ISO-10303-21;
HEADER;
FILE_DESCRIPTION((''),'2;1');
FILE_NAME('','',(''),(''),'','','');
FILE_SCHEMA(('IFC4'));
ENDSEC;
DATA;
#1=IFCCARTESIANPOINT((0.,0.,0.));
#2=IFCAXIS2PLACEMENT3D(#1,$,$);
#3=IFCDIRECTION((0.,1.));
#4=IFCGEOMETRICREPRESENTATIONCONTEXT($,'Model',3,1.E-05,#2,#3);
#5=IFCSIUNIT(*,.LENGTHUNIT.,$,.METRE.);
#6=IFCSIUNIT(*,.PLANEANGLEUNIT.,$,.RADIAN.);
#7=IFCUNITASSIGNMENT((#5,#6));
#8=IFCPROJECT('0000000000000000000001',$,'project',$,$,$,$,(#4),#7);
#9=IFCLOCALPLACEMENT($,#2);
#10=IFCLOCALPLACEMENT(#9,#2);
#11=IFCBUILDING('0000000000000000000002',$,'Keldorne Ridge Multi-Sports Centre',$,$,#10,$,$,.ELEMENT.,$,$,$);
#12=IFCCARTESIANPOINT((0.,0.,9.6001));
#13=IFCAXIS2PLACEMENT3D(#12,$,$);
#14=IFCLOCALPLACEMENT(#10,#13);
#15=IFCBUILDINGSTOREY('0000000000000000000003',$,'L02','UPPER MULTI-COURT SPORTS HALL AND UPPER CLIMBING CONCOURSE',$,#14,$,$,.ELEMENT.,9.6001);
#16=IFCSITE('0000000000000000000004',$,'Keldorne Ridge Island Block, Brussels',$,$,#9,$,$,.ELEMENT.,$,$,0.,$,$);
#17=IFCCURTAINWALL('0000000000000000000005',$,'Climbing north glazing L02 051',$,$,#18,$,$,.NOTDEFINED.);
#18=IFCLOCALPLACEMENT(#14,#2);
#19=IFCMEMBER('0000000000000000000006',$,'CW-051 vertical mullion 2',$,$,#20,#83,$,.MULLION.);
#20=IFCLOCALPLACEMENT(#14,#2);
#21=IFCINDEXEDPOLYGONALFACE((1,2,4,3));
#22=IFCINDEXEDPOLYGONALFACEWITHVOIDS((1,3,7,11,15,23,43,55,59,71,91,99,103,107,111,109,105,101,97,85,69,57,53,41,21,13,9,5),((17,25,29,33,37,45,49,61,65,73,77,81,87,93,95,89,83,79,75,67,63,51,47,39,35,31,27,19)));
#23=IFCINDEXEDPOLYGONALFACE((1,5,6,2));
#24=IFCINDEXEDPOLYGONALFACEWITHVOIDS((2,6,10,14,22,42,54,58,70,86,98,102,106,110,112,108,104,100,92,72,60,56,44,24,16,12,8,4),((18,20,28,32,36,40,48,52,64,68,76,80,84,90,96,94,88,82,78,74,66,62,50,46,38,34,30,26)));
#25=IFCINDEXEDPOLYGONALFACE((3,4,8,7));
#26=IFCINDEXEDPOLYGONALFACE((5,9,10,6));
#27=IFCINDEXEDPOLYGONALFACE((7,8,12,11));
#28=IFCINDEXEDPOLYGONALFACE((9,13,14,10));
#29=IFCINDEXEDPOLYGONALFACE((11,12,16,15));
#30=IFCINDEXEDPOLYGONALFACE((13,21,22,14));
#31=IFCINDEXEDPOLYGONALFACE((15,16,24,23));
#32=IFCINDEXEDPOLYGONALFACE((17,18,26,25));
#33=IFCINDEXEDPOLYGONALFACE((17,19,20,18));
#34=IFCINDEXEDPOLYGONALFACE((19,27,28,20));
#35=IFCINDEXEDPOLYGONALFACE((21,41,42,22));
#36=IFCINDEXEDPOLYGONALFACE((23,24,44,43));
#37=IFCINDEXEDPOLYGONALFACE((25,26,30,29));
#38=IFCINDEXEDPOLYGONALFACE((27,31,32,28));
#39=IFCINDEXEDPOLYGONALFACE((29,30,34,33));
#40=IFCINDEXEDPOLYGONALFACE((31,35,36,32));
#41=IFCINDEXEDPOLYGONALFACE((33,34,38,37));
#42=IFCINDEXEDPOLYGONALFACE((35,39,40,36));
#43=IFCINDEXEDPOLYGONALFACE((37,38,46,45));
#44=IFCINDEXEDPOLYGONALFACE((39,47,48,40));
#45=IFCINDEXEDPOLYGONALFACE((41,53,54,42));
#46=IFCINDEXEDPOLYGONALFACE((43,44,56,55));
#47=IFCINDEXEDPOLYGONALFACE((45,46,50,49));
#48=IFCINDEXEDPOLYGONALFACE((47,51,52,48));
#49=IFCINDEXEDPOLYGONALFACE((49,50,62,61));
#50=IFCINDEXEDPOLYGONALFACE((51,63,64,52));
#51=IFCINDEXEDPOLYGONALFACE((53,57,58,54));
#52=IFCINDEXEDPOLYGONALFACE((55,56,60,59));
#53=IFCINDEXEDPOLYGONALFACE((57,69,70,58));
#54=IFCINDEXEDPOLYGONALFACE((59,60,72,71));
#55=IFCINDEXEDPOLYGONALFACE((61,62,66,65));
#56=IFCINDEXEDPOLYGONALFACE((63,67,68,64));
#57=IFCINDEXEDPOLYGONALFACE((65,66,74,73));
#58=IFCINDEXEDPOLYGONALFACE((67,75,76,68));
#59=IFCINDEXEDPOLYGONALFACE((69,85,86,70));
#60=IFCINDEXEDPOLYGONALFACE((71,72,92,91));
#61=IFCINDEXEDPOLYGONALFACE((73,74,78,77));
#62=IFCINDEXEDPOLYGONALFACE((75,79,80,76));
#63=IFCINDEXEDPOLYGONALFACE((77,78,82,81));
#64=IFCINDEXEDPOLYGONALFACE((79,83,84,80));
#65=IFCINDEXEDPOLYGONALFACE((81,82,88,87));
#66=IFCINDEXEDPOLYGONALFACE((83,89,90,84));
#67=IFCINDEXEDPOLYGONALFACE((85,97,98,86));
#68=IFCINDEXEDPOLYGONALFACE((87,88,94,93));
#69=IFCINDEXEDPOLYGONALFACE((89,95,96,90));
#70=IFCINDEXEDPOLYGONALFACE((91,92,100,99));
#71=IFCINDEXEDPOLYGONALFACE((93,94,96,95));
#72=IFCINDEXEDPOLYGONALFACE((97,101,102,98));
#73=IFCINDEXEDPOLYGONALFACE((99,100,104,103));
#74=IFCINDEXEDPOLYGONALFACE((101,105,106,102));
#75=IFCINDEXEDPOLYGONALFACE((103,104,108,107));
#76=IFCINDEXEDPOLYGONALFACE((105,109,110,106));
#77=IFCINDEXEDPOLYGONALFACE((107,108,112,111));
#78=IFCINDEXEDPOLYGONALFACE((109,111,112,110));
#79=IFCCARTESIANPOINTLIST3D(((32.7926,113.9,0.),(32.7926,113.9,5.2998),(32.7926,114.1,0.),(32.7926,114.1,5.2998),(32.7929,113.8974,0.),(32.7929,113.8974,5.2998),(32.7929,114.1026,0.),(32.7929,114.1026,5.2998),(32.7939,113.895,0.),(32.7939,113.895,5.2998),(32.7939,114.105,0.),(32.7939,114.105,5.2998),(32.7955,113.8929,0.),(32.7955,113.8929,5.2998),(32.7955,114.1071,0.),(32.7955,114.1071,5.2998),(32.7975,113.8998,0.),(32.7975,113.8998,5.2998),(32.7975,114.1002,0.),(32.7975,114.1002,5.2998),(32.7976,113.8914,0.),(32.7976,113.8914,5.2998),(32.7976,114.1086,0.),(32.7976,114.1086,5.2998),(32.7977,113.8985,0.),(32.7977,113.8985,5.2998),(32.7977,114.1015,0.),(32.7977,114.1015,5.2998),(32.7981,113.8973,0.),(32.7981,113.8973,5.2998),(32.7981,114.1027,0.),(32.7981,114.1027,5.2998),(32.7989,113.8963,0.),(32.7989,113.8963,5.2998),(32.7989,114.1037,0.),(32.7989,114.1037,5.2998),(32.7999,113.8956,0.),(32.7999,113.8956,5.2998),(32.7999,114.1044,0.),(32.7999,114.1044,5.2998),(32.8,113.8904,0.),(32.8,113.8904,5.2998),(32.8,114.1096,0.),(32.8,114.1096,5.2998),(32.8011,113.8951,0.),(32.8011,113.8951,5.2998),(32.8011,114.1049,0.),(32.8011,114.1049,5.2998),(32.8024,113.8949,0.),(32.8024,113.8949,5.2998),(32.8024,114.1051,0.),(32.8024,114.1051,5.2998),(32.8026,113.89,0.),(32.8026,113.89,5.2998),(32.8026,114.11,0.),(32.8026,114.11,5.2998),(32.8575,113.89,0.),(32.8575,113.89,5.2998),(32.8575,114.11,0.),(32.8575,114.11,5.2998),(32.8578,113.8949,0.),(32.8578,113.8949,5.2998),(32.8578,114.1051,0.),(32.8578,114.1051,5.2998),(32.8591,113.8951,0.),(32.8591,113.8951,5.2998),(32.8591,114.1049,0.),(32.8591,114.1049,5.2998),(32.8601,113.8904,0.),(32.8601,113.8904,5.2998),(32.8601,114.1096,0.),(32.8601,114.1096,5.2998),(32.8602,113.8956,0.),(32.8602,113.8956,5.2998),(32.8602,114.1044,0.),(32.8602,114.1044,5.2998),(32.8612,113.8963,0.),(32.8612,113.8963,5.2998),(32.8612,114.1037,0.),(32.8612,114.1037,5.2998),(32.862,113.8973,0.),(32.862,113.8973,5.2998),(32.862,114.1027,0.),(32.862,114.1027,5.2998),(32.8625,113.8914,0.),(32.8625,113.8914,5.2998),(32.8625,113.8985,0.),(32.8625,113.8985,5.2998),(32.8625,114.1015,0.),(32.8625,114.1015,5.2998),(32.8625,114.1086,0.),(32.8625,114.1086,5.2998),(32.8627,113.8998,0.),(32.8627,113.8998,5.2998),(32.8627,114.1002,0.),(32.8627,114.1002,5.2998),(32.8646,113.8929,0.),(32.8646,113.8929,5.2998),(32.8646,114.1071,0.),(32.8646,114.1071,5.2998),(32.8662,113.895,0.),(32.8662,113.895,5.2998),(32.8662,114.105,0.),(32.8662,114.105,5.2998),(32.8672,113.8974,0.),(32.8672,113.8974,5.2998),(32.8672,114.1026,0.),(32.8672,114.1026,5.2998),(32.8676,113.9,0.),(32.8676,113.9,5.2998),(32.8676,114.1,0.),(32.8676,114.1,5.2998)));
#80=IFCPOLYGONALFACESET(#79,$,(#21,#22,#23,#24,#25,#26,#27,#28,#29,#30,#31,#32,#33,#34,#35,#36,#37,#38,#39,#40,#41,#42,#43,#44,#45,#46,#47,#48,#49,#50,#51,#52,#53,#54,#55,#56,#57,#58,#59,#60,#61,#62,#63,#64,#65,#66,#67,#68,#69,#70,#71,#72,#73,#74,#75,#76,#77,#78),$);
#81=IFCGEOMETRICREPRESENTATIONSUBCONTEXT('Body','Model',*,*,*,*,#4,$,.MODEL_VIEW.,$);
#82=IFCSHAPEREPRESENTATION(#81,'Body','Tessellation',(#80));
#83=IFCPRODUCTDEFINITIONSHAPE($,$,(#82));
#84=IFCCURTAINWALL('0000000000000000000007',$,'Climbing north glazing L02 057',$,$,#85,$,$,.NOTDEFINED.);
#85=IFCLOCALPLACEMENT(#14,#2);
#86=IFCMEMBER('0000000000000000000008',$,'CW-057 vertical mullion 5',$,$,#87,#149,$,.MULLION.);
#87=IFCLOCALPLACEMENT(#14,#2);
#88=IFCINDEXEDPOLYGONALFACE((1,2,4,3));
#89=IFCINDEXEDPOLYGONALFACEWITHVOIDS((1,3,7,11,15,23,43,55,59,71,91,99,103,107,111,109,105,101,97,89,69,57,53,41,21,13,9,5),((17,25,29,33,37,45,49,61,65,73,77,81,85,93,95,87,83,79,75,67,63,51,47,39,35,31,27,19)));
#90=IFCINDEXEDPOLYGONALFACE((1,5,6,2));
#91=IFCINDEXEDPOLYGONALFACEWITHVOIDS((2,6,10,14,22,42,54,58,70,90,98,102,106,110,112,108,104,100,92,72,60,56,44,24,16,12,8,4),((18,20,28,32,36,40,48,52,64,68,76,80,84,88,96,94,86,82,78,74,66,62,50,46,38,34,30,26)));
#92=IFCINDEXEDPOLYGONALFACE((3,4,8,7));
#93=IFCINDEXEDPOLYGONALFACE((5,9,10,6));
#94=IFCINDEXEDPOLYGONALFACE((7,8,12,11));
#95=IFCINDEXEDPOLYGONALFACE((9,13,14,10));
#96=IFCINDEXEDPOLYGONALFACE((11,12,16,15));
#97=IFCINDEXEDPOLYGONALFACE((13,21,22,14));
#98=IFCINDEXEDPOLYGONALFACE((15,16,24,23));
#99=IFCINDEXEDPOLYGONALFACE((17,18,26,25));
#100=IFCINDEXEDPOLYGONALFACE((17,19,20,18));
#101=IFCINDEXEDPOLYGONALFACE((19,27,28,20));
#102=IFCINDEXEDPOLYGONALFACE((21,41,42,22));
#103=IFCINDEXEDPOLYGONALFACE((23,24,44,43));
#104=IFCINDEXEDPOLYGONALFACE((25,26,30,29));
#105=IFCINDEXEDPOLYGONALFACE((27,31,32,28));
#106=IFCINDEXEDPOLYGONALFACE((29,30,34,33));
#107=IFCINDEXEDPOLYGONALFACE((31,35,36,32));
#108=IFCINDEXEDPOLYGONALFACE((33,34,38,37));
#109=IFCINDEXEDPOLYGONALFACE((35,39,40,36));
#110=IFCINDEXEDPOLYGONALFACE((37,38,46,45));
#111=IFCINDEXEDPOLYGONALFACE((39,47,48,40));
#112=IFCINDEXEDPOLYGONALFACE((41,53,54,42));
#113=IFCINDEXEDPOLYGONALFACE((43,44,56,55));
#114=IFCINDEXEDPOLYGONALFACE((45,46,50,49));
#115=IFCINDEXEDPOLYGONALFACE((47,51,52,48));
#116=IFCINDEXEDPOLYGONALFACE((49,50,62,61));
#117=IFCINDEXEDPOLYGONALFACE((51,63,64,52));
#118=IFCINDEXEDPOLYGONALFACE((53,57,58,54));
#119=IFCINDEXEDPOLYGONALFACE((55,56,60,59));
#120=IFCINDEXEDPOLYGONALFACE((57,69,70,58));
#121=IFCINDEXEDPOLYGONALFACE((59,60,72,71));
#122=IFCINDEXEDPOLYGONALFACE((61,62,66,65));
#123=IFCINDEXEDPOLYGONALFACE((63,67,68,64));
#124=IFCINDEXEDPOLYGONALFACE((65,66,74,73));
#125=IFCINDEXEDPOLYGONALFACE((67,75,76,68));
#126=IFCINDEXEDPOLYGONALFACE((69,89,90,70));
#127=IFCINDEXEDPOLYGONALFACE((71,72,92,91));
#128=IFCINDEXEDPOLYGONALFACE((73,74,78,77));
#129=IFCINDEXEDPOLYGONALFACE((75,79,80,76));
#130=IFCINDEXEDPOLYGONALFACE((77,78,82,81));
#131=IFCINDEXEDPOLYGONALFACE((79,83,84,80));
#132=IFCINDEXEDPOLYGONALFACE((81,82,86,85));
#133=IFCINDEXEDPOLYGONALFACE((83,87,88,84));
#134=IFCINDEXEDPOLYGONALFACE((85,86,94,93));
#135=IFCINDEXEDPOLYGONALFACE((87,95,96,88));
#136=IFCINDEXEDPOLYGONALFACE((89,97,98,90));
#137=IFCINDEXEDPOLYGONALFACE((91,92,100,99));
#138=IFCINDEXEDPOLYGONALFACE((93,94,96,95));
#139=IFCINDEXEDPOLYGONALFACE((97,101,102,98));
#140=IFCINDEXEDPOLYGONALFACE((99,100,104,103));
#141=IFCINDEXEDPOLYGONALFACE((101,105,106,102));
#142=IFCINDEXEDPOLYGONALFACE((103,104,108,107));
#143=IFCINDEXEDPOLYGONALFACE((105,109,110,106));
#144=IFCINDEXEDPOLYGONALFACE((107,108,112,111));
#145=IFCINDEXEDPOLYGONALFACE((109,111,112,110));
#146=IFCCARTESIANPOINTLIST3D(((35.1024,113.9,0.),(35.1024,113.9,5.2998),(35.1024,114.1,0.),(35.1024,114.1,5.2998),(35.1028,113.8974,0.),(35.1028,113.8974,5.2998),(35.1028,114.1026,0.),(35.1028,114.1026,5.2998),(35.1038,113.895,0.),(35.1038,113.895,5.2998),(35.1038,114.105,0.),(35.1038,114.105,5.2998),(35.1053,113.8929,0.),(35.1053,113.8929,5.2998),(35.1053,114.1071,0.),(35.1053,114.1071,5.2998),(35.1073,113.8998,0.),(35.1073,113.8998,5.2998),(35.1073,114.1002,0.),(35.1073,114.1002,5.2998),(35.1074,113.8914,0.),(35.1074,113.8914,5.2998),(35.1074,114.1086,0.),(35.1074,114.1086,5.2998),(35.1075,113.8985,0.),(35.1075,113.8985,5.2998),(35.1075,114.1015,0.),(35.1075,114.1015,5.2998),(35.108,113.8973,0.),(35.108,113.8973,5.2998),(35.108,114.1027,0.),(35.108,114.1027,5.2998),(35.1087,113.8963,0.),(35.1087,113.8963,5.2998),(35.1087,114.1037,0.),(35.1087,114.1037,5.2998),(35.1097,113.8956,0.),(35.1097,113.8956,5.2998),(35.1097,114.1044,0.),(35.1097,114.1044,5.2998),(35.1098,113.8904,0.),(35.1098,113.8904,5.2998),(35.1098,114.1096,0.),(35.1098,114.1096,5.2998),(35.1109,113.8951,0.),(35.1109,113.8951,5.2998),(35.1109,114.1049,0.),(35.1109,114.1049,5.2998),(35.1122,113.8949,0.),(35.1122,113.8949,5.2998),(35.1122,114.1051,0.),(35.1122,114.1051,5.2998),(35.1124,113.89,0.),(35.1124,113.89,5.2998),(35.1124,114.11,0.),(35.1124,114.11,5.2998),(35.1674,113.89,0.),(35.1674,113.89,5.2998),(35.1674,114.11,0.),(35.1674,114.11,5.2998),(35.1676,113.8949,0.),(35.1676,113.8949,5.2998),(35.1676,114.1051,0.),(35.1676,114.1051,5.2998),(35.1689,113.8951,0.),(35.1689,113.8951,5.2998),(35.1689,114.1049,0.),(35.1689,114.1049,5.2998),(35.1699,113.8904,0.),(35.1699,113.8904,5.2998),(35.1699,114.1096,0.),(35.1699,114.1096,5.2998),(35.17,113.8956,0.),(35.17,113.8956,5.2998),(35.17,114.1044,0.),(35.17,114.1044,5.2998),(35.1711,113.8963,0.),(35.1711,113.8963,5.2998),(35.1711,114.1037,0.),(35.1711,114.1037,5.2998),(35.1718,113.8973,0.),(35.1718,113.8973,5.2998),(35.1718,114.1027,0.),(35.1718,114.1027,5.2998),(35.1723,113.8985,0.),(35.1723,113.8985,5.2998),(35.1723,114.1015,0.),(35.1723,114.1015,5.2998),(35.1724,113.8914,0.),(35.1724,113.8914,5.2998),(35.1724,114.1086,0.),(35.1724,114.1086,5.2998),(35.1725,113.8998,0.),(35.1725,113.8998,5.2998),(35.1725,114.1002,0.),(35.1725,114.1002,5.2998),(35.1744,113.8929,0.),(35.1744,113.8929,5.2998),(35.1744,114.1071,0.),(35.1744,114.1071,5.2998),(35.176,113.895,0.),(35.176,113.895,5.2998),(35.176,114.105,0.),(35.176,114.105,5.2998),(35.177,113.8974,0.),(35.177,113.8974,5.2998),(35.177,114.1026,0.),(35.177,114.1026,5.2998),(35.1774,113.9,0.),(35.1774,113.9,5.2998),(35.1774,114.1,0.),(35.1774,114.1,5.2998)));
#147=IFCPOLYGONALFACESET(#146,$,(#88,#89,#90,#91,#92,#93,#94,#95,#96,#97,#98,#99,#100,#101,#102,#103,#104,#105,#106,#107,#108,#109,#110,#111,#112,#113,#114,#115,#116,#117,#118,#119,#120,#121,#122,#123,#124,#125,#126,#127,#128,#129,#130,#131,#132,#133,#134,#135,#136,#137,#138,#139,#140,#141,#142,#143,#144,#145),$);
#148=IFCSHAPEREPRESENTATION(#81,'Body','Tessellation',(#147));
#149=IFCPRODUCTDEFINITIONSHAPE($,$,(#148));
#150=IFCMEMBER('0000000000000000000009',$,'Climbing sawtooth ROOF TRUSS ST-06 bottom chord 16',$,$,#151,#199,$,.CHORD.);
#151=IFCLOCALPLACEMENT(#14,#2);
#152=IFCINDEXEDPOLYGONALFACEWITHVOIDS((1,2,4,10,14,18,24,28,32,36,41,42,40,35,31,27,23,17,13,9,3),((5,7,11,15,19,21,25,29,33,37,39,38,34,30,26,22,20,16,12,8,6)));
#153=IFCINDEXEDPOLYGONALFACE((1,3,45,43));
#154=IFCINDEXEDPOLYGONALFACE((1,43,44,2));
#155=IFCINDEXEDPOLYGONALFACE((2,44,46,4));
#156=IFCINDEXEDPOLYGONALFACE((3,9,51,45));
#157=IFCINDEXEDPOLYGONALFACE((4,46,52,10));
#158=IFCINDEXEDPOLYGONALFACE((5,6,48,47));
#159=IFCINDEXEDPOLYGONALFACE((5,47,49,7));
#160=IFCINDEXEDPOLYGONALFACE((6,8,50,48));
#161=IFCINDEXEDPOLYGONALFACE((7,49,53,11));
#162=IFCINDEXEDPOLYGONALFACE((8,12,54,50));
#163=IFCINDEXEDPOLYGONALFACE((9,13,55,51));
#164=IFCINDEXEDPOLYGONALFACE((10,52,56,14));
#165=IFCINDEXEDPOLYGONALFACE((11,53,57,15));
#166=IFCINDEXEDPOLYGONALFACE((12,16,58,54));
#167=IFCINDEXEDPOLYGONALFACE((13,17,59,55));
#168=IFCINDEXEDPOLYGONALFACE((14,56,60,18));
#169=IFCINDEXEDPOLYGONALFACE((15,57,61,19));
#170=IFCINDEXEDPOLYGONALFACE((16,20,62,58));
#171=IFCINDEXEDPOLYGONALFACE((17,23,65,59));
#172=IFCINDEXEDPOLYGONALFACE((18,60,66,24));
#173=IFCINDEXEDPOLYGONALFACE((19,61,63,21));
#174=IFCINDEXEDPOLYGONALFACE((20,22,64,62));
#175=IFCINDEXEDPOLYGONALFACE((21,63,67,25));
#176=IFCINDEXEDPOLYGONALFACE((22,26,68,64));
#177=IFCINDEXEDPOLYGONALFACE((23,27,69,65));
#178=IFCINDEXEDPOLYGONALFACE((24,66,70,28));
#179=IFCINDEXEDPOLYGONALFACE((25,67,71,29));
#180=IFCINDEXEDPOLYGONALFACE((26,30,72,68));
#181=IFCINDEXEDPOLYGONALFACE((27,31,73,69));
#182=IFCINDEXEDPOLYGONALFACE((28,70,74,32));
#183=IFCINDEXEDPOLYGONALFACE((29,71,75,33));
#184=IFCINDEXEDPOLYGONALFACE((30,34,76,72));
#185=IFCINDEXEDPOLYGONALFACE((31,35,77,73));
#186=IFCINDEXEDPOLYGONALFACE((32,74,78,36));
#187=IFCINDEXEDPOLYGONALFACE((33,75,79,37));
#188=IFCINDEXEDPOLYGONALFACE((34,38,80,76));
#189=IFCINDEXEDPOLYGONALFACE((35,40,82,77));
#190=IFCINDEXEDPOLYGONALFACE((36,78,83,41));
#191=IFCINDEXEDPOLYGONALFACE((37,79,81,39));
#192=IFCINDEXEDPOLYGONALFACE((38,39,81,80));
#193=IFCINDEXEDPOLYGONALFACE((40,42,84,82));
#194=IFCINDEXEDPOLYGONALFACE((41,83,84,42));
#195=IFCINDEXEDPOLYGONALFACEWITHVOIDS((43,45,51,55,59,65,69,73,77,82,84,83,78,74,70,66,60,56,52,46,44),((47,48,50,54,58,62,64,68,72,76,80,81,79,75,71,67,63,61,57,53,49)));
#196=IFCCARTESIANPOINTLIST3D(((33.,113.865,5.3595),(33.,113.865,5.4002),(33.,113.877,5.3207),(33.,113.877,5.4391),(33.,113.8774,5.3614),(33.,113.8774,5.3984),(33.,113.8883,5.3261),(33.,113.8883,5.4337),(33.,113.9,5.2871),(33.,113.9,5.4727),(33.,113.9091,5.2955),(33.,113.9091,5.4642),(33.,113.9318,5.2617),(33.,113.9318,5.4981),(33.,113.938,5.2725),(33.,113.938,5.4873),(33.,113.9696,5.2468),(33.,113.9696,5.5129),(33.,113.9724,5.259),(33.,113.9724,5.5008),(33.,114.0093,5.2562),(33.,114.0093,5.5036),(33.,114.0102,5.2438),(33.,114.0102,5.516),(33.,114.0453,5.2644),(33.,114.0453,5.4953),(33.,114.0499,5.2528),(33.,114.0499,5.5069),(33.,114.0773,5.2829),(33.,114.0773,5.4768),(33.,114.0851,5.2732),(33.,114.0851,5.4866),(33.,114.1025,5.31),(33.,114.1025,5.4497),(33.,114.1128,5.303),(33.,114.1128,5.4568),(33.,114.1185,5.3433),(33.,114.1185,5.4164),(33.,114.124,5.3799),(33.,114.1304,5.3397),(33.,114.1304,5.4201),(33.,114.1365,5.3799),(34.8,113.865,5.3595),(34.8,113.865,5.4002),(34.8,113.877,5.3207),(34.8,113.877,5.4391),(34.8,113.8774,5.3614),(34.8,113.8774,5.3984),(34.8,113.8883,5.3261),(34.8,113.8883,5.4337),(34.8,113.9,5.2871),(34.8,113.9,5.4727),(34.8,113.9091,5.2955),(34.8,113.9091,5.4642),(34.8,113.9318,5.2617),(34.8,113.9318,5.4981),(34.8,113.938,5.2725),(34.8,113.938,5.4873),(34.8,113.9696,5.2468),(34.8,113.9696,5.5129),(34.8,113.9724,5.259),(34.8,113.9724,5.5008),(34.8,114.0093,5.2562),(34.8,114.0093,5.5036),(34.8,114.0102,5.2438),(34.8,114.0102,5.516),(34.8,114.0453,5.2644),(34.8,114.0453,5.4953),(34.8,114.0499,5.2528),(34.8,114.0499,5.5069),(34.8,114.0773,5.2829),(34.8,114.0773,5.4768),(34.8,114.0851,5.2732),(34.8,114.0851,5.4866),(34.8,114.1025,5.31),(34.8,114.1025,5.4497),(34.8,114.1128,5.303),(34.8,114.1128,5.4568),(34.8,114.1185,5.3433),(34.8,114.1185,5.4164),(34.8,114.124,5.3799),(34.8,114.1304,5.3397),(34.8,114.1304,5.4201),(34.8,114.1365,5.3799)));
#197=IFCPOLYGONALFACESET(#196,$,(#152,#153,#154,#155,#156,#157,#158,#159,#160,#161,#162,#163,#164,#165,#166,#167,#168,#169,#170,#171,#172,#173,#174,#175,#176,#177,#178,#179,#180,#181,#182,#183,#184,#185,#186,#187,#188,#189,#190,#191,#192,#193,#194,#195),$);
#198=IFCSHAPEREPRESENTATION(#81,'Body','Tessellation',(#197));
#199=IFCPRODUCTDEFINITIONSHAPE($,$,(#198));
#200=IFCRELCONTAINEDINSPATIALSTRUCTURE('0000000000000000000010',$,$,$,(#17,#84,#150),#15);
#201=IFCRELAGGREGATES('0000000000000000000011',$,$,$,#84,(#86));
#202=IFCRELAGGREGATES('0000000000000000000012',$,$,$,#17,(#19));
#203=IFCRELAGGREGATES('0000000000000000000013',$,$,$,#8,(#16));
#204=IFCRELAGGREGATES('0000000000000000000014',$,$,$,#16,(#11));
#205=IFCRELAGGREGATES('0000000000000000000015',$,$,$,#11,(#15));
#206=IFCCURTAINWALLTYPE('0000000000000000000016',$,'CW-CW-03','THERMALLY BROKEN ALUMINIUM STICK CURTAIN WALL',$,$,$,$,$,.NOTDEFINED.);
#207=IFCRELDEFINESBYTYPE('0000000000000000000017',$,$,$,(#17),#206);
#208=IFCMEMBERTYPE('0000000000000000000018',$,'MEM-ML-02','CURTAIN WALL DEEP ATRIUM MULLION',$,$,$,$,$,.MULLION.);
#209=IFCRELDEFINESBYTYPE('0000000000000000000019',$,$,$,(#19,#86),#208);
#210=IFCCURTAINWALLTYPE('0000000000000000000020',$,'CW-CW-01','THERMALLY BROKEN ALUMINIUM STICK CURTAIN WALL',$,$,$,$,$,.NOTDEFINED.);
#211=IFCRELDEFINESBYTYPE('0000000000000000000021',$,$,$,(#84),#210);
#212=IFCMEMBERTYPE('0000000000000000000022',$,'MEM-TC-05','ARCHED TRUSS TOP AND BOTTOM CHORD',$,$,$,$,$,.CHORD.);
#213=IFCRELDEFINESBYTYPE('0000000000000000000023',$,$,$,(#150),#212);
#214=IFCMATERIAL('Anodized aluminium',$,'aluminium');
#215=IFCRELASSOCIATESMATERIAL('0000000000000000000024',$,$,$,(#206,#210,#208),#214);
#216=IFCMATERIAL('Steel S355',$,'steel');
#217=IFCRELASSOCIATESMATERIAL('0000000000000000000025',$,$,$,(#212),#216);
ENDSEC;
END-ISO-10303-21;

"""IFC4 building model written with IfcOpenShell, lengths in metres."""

from ifc_helpers import new_model, si_unit, direction, frame, origin, origin_2d, place, context, subcontext, project, spatial, hollow_rectangle, hollow_circle, extrude, material, material_profile, profile_set, type_object, element, aggregate, save


model = new_model("IFC4")

# Units and contexts
model_context = context("Model", 3, precision=1e-05, world=origin(), true_north=direction((0.0, 1.0)))
body_context = subcontext(model_context, "Body", "Model", "MODEL_VIEW")
ifc_project = project(units=[si_unit("LENGTHUNIT", "METRE"), si_unit("PLANEANGLEUNIT", "RADIAN")], contexts=[model_context])

# Site, building, storey
site_placement = place(None, origin())
site = spatial("IfcSite", under=ifc_project, at=site_placement, Name="Keldorne Ridge Island Block, Brussels", CompositionType="ELEMENT", RefElevation=0.0)
building_placement = place(site_placement, origin())
building = spatial("IfcBuilding", under=site, at=building_placement, Name="Keldorne Ridge Multi-Sports Centre", CompositionType="ELEMENT")
storey_placement = place(building_placement, frame((0.0, 0.0, 9.6001)))
storey = spatial("IfcBuildingStorey", under=building, at=storey_placement, Name="L02", Description="UPPER MULTI-COURT SPORTS HALL AND UPPER CLIMBING CONCOURSE", CompositionType="ELEMENT", Elevation=9.6001)

# Shared definitions
ifc_material_1 = material(Name="Steel S355", Category="steel")

# Curtain wall, member
ifc_material_2 = material(Name="Anodized aluminium", Category="aluminium")
curtain_wall_type_1 = type_object("IfcCurtainWallType", Name="CW-CW-03", Description="THERMALLY BROKEN ALUMINIUM STICK CURTAIN WALL", PredefinedType="NOTDEFINED", material=ifc_material_2)
curtain_wall_1_placement = place(storey_placement, origin())
curtain_wall_1 = element("IfcCurtainWall", 1, at=curtain_wall_1_placement, inside=storey, type_object=curtain_wall_type_1, Name="Climbing north glazing L02 051", PredefinedType="NOTDEFINED")
ifc_material_profile_1 = material_profile(ifc_material_2, hollow_rectangle(XDim=0.075, YDim=0.22, WallThickness=0.0049, InnerFilletRadius=0.0049, OuterFilletRadius=0.01, at=origin_2d()), Name="ALU MULLION 220x75x5")
ifc_profile_set_1 = profile_set([ifc_material_profile_1], Name="Anodized aluminium")
member_type_1 = type_object("IfcMemberType", Name="MEM-ML-02", Description="CURTAIN WALL DEEP ATRIUM MULLION", PredefinedType="MULLION", material=ifc_profile_set_1)
member_1_placement = place(storey_placement, frame((32.8301, 114.0, 0.0), z_axis=(0.0, 0.0, 1.0), x_axis=(1.0, 0.0, 0.0)))
member_1 = element("IfcMember", 2, at=member_1_placement, type_object=member_type_1, Name="CW-051 vertical mullion 2", PredefinedType="MULLION", context=body_context, shape_type="SweptSolid", body=[
    extrude(hollow_rectangle(XDim=0.075, YDim=0.22, WallThickness=0.0049, InnerFilletRadius=0.0049, OuterFilletRadius=0.01, at=origin_2d()), origin(), (0.0, 0.0, 1.0), 5.2998),
])

# Curtain wall, member
curtain_wall_type_2 = type_object("IfcCurtainWallType", Name="CW-CW-01", Description="THERMALLY BROKEN ALUMINIUM STICK CURTAIN WALL", PredefinedType="NOTDEFINED", material=ifc_material_2)
curtain_wall_2_placement = place(storey_placement, origin())
curtain_wall_2 = element("IfcCurtainWall", 3, at=curtain_wall_2_placement, inside=storey, type_object=curtain_wall_type_2, Name="Climbing north glazing L02 057", PredefinedType="NOTDEFINED")
member_2_placement = place(storey_placement, frame((35.1399, 114.0, 0.0), z_axis=(0.0, 0.0, 1.0), x_axis=(1.0, 0.0, 0.0)))
member_2 = element("IfcMember", 4, at=member_2_placement, type_object=member_type_1, Name="CW-057 vertical mullion 5", PredefinedType="MULLION", context=body_context, shape_type="SweptSolid", body=[
    extrude(hollow_rectangle(XDim=0.075, YDim=0.22, WallThickness=0.0049, InnerFilletRadius=0.0049, OuterFilletRadius=0.01, at=origin_2d()), origin(), (0.0, 0.0, 1.0), 5.2998),
])
aggregate(curtain_wall_2, [member_2])

# Member
ifc_material_profile_2 = material_profile(ifc_material_1, hollow_circle(Radius=0.1365, WallThickness=0.0125, at=origin_2d()), Name="CHS 273x12.5")
ifc_profile_set_2 = profile_set([ifc_material_profile_2], Name="Steel S355")
member_type_2 = type_object("IfcMemberType", Name="MEM-TC-05", Description="ARCHED TRUSS TOP AND BOTTOM CHORD", PredefinedType="CHORD", material=ifc_profile_set_2)
for number, where, z_axis, x_axis, name in (
    (5, (33.0, 114.0, 5.3799), (1.0, 0.0, 0.0), (0.0, 1.0, 0.0), "Climbing sawtooth ROOF TRUSS ST-06 bottom chord 16"),
):
    element("IfcMember", number, at=place(storey_placement, frame(where, z_axis=z_axis, x_axis=x_axis)), inside=storey, type_object=member_type_2, Name=name, PredefinedType="CHORD", context=body_context, shape_type="SweptSolid", body=[
        extrude(hollow_circle(Radius=0.1365, WallThickness=0.0125, at=origin_2d()), origin(), (0.0, 0.0, 1.0), 1.8),
    ])

aggregate(curtain_wall_1, [member_1])

save(model, "model.ifc")
